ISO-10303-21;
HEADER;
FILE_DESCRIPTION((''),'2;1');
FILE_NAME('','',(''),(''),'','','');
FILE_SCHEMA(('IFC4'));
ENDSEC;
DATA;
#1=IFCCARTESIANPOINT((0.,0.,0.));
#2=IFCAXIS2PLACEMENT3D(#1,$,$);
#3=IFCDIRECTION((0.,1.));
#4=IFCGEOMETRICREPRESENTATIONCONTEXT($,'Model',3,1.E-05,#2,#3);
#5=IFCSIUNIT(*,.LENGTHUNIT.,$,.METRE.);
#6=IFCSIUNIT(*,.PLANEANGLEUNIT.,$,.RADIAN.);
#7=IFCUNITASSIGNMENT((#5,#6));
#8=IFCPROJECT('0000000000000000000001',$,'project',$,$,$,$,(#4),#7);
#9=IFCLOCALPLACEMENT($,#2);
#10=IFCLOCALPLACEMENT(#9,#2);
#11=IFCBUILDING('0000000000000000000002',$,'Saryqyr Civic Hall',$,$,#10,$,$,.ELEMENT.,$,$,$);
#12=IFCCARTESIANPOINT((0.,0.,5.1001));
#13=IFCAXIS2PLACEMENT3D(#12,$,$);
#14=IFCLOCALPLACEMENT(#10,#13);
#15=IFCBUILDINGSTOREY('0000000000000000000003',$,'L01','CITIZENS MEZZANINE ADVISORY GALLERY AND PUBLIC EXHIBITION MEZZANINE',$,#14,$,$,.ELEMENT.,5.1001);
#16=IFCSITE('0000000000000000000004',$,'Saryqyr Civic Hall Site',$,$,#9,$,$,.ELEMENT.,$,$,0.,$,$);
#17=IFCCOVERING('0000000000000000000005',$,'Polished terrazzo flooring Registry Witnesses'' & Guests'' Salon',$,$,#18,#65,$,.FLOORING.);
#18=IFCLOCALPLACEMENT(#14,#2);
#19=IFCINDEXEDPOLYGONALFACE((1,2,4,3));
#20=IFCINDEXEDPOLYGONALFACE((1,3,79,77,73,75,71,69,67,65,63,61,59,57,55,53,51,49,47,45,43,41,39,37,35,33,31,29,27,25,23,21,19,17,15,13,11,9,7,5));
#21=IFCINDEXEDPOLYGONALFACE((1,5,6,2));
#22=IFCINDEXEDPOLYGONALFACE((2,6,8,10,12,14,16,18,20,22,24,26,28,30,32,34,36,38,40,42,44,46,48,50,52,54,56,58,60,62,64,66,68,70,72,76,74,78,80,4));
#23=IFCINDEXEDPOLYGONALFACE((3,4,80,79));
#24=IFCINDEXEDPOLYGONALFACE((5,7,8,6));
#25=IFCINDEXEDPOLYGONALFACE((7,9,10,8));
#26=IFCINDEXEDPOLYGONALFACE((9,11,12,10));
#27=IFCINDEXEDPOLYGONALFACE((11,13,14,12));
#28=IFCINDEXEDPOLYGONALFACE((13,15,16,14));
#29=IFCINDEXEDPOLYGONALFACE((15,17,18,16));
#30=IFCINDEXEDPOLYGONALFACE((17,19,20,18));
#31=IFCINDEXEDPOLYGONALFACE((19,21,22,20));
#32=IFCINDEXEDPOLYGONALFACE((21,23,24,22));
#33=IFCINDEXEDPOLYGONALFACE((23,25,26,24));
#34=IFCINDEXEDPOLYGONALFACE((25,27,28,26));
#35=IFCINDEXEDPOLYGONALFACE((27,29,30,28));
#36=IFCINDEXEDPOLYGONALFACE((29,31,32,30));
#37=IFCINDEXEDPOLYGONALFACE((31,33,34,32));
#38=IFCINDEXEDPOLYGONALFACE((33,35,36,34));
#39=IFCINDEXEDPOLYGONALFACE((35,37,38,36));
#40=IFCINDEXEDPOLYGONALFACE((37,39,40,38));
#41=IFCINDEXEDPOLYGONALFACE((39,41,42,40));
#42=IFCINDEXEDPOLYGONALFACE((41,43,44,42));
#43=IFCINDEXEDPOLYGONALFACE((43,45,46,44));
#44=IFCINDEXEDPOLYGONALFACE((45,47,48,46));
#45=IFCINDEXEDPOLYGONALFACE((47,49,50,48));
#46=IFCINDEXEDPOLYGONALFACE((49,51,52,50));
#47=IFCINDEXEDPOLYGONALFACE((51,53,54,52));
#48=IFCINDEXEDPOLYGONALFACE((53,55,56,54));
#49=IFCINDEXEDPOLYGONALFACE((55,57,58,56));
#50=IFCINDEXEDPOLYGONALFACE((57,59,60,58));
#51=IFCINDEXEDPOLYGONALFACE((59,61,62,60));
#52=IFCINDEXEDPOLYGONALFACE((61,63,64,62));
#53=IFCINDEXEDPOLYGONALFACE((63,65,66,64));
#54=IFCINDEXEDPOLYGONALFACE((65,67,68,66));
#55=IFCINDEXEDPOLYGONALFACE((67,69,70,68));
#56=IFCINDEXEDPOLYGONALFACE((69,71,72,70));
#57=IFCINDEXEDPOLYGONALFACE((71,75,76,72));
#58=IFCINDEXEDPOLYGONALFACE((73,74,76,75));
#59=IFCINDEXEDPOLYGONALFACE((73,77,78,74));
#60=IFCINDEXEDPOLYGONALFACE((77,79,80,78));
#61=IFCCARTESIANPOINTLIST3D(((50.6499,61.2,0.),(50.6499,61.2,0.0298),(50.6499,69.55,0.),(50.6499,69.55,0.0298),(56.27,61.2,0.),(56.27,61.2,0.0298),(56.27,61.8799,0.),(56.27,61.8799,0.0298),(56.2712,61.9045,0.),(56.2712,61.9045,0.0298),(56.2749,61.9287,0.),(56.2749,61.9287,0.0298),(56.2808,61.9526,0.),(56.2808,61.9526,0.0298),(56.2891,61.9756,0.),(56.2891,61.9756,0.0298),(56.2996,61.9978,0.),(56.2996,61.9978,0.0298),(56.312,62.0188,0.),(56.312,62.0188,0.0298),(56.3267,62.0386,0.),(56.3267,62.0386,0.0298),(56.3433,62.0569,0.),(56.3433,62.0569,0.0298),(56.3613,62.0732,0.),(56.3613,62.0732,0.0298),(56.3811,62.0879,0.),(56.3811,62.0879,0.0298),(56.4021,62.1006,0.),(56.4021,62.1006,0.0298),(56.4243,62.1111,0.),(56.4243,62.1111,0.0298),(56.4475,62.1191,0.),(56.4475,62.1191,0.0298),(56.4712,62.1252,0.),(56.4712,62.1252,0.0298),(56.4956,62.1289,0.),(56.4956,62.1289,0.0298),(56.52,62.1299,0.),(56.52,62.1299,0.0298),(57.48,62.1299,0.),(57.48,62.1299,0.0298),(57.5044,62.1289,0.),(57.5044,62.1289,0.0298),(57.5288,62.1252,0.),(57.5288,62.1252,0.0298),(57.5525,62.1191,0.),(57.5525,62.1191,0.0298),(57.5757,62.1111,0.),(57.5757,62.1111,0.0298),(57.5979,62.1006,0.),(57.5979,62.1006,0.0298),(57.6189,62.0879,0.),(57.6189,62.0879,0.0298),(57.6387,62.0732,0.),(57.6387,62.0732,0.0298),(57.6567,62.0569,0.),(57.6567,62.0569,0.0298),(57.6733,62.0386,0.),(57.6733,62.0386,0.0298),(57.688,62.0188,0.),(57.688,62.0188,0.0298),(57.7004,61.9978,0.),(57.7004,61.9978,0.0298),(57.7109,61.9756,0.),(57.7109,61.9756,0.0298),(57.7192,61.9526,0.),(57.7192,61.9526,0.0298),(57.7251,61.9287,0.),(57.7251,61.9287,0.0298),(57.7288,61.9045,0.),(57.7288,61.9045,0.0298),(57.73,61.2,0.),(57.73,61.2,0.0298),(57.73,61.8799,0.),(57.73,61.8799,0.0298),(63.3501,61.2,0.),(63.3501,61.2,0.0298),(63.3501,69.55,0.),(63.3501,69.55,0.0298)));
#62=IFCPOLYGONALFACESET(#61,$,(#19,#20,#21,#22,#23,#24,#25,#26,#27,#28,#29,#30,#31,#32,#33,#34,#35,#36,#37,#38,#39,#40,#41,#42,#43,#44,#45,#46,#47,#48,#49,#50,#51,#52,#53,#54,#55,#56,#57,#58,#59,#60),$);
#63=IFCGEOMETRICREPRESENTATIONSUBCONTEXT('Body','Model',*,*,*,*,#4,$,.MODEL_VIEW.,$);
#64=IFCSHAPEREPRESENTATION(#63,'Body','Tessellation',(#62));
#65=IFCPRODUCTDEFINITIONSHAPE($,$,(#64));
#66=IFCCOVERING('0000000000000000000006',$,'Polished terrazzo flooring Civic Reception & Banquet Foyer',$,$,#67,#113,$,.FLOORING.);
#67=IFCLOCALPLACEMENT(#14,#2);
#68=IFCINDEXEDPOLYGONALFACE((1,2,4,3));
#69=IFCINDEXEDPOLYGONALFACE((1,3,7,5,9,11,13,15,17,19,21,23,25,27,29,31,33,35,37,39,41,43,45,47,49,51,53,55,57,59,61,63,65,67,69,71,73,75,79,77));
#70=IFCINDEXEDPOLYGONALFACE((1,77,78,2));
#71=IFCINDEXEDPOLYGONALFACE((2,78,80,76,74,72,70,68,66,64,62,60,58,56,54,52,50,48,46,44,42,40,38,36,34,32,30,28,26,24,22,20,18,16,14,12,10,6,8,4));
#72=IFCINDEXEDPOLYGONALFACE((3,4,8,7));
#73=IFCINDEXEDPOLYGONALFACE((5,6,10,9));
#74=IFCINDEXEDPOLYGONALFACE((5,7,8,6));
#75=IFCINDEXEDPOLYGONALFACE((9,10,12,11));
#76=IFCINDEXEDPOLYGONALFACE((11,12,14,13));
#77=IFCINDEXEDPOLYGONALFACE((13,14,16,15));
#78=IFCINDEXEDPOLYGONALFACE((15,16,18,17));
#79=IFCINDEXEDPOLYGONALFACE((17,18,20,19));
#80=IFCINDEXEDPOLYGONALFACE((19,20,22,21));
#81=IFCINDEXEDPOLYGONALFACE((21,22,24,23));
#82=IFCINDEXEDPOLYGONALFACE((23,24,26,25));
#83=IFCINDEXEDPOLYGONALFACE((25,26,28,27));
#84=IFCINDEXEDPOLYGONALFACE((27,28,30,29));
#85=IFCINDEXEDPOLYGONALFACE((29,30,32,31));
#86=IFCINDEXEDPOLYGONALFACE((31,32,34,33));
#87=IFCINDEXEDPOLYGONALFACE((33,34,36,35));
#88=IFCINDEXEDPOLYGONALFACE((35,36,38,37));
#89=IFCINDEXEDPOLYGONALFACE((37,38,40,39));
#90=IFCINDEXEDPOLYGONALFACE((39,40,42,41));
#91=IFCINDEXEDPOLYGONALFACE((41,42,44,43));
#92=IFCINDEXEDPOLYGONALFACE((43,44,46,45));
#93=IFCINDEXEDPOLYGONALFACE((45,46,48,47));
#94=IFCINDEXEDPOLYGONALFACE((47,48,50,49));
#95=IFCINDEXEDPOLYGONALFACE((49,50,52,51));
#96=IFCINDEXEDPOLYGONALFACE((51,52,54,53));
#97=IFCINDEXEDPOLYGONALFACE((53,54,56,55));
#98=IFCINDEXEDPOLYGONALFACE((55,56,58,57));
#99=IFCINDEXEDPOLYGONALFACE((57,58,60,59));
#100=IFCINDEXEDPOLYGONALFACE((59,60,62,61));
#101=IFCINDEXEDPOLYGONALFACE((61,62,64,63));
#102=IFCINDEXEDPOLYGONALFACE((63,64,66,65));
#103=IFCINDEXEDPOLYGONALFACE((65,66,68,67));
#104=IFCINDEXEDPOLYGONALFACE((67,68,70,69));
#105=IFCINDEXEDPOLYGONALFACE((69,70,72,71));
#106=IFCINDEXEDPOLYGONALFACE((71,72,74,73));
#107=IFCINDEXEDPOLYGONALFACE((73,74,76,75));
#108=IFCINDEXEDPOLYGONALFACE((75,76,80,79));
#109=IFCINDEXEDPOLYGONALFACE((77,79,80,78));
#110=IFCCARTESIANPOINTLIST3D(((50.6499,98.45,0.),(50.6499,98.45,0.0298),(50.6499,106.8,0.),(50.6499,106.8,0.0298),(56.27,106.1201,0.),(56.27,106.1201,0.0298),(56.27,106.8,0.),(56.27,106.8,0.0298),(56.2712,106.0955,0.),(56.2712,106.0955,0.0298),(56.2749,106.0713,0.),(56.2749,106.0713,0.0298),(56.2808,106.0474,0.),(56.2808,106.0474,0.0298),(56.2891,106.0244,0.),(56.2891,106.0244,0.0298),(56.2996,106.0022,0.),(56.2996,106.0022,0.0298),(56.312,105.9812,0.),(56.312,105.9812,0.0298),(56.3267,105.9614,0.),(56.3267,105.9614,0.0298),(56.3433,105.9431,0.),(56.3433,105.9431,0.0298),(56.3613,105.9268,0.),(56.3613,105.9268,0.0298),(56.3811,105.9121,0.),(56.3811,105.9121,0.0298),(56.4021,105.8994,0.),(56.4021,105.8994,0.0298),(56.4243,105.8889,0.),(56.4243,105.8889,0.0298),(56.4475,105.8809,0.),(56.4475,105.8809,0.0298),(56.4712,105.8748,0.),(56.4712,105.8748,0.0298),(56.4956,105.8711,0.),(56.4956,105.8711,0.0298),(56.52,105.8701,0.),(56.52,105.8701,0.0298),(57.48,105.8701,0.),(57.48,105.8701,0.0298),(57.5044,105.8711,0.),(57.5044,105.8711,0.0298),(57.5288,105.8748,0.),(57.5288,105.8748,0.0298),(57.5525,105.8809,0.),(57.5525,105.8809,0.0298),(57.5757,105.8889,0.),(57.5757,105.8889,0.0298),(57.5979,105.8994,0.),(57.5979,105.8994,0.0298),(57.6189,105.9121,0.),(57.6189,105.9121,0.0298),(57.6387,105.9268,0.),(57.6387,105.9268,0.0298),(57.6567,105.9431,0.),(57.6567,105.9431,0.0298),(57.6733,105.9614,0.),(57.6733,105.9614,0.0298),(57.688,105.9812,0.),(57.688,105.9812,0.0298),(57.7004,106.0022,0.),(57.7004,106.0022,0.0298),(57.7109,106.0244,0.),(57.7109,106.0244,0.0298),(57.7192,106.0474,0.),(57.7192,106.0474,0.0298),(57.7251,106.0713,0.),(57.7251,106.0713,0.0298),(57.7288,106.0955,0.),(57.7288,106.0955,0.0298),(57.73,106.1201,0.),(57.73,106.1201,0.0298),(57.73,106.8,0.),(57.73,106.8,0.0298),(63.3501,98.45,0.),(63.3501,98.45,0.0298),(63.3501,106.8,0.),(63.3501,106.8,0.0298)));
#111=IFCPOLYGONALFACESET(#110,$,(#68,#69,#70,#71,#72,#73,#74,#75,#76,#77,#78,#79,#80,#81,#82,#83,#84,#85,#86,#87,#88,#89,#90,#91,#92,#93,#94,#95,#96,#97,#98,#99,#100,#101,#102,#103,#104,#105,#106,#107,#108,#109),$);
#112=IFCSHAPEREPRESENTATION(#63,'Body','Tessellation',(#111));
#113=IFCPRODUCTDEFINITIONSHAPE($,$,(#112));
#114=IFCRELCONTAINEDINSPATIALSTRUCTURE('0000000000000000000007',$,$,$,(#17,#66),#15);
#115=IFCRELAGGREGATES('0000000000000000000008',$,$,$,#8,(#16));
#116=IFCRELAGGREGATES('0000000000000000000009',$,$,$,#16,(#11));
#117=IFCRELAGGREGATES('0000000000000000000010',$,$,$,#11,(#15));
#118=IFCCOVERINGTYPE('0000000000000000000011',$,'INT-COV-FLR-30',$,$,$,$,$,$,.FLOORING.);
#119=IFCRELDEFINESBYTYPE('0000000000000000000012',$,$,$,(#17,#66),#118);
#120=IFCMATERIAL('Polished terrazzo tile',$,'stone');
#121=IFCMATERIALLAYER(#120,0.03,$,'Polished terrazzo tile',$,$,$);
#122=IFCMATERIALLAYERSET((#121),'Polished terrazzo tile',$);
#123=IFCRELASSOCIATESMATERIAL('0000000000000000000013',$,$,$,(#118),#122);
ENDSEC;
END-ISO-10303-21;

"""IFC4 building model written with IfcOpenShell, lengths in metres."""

from ifc_helpers import new_model, si_unit, direction, frame, origin, place, context, subcontext, project, spatial, polyline, outline, extrude, material, layer, layer_set, type_object, element, save


model = new_model("IFC4")

# Units and contexts
model_context = context("Model", 3, precision=1e-05, world=origin(), true_north=direction((0.0, 1.0)))
body_context = subcontext(model_context, "Body", "Model", "MODEL_VIEW")
ifc_project = project(units=[si_unit("LENGTHUNIT", "METRE"), si_unit("PLANEANGLEUNIT", "RADIAN")], contexts=[model_context])

# Site, building, storey
site_placement = place(None, origin())
site = spatial("IfcSite", under=ifc_project, at=site_placement, Name="Saryqyr Civic Hall Site", CompositionType="ELEMENT", RefElevation=0.0)
building_placement = place(site_placement, origin())
building = spatial("IfcBuilding", under=site, at=building_placement, Name="Saryqyr Civic Hall", CompositionType="ELEMENT")
storey_placement = place(building_placement, frame((0.0, 0.0, 5.1001)))
storey = spatial("IfcBuildingStorey", under=building, at=storey_placement, Name="L01", Description="CITIZENS MEZZANINE ADVISORY GALLERY AND PUBLIC EXHIBITION MEZZANINE", CompositionType="ELEMENT", Elevation=5.1001)

# Coverings
ifc_material_1 = material(Name="Polished terrazzo tile", Category="stone")
ifc_layer_1 = layer(ifc_material_1, 0.03, Name="Polished terrazzo tile")
ifc_layer_set_1 = layer_set([ifc_layer_1], Name="Polished terrazzo tile")
covering_type = type_object("IfcCoveringType", Name="INT-COV-FLR-30", PredefinedType="FLOORING", material=ifc_layer_set_1)
covering_1_placement = place(storey_placement, origin())
element("IfcCovering", 1, at=covering_1_placement, inside=storey, type_object=covering_type, Name="Polished terrazzo flooring Registry Witnesses' & Guests' Salon", PredefinedType="FLOORING", context=body_context, shape_type="SweptSolid", body=[
    extrude(outline(polyline([(50.6499, 69.55), (63.3501, 69.55), (63.3501, 61.2), (57.73, 61.2), (57.73, 61.8799), (57.7288, 61.9045), (57.7251, 61.9287), (57.7192, 61.9526), (57.7109, 61.9756), (57.7004, 61.9978), (57.688, 62.0188), (57.6733, 62.0386), (57.6567, 62.0569), (57.6387, 62.0732), (57.6189, 62.0879), (57.5979, 62.1006), (57.5757, 62.1111), (57.5525, 62.1191), (57.5288, 62.1252), (57.5044, 62.1289), (57.48, 62.1299), (56.52, 62.1299), (56.4956, 62.1289), (56.4712, 62.1252), (56.4475, 62.1191), (56.4243, 62.1111), (56.4021, 62.1006), (56.3811, 62.0879), (56.3613, 62.0732), (56.3433, 62.0569), (56.3267, 62.0386), (56.312, 62.0188), (56.2996, 61.9978), (56.2891, 61.9756), (56.2808, 61.9526), (56.2749, 61.9287), (56.2712, 61.9045), (56.27, 61.8799), (56.27, 61.2), (50.6499, 61.2), (50.6499, 69.55)])), origin(), (0.0, 0.0, 1.0), 0.0298),
])
covering_2_placement = place(storey_placement, origin())
element("IfcCovering", 2, at=covering_2_placement, inside=storey, type_object=covering_type, Name="Polished terrazzo flooring Civic Reception & Banquet Foyer", PredefinedType="FLOORING", context=body_context, shape_type="SweptSolid", body=[
    extrude(outline(polyline([(50.6499, 98.45), (50.6499, 106.8), (56.27, 106.8), (56.27, 106.1201), (56.2712, 106.0955), (56.2749, 106.0713), (56.2808, 106.0474), (56.2891, 106.0244), (56.2996, 106.0022), (56.312, 105.9812), (56.3267, 105.9614), (56.3433, 105.9431), (56.3613, 105.9268), (56.3811, 105.9121), (56.4021, 105.8994), (56.4243, 105.8889), (56.4475, 105.8809), (56.4712, 105.8748), (56.4956, 105.8711), (56.52, 105.8701), (57.48, 105.8701), (57.5044, 105.8711), (57.5288, 105.8748), (57.5525, 105.8809), (57.5757, 105.8889), (57.5979, 105.8994), (57.6189, 105.9121), (57.6387, 105.9268), (57.6567, 105.9431), (57.6733, 105.9614), (57.688, 105.9812), (57.7004, 106.0022), (57.7109, 106.0244), (57.7192, 106.0474), (57.7251, 106.0713), (57.7288, 106.0955), (57.73, 106.1201), (57.73, 106.8), (63.3501, 106.8), (63.3501, 98.45), (50.6499, 98.45)])), origin(), (0.0, 0.0, 1.0), 0.0298),
])

save(model, "model.ifc")
